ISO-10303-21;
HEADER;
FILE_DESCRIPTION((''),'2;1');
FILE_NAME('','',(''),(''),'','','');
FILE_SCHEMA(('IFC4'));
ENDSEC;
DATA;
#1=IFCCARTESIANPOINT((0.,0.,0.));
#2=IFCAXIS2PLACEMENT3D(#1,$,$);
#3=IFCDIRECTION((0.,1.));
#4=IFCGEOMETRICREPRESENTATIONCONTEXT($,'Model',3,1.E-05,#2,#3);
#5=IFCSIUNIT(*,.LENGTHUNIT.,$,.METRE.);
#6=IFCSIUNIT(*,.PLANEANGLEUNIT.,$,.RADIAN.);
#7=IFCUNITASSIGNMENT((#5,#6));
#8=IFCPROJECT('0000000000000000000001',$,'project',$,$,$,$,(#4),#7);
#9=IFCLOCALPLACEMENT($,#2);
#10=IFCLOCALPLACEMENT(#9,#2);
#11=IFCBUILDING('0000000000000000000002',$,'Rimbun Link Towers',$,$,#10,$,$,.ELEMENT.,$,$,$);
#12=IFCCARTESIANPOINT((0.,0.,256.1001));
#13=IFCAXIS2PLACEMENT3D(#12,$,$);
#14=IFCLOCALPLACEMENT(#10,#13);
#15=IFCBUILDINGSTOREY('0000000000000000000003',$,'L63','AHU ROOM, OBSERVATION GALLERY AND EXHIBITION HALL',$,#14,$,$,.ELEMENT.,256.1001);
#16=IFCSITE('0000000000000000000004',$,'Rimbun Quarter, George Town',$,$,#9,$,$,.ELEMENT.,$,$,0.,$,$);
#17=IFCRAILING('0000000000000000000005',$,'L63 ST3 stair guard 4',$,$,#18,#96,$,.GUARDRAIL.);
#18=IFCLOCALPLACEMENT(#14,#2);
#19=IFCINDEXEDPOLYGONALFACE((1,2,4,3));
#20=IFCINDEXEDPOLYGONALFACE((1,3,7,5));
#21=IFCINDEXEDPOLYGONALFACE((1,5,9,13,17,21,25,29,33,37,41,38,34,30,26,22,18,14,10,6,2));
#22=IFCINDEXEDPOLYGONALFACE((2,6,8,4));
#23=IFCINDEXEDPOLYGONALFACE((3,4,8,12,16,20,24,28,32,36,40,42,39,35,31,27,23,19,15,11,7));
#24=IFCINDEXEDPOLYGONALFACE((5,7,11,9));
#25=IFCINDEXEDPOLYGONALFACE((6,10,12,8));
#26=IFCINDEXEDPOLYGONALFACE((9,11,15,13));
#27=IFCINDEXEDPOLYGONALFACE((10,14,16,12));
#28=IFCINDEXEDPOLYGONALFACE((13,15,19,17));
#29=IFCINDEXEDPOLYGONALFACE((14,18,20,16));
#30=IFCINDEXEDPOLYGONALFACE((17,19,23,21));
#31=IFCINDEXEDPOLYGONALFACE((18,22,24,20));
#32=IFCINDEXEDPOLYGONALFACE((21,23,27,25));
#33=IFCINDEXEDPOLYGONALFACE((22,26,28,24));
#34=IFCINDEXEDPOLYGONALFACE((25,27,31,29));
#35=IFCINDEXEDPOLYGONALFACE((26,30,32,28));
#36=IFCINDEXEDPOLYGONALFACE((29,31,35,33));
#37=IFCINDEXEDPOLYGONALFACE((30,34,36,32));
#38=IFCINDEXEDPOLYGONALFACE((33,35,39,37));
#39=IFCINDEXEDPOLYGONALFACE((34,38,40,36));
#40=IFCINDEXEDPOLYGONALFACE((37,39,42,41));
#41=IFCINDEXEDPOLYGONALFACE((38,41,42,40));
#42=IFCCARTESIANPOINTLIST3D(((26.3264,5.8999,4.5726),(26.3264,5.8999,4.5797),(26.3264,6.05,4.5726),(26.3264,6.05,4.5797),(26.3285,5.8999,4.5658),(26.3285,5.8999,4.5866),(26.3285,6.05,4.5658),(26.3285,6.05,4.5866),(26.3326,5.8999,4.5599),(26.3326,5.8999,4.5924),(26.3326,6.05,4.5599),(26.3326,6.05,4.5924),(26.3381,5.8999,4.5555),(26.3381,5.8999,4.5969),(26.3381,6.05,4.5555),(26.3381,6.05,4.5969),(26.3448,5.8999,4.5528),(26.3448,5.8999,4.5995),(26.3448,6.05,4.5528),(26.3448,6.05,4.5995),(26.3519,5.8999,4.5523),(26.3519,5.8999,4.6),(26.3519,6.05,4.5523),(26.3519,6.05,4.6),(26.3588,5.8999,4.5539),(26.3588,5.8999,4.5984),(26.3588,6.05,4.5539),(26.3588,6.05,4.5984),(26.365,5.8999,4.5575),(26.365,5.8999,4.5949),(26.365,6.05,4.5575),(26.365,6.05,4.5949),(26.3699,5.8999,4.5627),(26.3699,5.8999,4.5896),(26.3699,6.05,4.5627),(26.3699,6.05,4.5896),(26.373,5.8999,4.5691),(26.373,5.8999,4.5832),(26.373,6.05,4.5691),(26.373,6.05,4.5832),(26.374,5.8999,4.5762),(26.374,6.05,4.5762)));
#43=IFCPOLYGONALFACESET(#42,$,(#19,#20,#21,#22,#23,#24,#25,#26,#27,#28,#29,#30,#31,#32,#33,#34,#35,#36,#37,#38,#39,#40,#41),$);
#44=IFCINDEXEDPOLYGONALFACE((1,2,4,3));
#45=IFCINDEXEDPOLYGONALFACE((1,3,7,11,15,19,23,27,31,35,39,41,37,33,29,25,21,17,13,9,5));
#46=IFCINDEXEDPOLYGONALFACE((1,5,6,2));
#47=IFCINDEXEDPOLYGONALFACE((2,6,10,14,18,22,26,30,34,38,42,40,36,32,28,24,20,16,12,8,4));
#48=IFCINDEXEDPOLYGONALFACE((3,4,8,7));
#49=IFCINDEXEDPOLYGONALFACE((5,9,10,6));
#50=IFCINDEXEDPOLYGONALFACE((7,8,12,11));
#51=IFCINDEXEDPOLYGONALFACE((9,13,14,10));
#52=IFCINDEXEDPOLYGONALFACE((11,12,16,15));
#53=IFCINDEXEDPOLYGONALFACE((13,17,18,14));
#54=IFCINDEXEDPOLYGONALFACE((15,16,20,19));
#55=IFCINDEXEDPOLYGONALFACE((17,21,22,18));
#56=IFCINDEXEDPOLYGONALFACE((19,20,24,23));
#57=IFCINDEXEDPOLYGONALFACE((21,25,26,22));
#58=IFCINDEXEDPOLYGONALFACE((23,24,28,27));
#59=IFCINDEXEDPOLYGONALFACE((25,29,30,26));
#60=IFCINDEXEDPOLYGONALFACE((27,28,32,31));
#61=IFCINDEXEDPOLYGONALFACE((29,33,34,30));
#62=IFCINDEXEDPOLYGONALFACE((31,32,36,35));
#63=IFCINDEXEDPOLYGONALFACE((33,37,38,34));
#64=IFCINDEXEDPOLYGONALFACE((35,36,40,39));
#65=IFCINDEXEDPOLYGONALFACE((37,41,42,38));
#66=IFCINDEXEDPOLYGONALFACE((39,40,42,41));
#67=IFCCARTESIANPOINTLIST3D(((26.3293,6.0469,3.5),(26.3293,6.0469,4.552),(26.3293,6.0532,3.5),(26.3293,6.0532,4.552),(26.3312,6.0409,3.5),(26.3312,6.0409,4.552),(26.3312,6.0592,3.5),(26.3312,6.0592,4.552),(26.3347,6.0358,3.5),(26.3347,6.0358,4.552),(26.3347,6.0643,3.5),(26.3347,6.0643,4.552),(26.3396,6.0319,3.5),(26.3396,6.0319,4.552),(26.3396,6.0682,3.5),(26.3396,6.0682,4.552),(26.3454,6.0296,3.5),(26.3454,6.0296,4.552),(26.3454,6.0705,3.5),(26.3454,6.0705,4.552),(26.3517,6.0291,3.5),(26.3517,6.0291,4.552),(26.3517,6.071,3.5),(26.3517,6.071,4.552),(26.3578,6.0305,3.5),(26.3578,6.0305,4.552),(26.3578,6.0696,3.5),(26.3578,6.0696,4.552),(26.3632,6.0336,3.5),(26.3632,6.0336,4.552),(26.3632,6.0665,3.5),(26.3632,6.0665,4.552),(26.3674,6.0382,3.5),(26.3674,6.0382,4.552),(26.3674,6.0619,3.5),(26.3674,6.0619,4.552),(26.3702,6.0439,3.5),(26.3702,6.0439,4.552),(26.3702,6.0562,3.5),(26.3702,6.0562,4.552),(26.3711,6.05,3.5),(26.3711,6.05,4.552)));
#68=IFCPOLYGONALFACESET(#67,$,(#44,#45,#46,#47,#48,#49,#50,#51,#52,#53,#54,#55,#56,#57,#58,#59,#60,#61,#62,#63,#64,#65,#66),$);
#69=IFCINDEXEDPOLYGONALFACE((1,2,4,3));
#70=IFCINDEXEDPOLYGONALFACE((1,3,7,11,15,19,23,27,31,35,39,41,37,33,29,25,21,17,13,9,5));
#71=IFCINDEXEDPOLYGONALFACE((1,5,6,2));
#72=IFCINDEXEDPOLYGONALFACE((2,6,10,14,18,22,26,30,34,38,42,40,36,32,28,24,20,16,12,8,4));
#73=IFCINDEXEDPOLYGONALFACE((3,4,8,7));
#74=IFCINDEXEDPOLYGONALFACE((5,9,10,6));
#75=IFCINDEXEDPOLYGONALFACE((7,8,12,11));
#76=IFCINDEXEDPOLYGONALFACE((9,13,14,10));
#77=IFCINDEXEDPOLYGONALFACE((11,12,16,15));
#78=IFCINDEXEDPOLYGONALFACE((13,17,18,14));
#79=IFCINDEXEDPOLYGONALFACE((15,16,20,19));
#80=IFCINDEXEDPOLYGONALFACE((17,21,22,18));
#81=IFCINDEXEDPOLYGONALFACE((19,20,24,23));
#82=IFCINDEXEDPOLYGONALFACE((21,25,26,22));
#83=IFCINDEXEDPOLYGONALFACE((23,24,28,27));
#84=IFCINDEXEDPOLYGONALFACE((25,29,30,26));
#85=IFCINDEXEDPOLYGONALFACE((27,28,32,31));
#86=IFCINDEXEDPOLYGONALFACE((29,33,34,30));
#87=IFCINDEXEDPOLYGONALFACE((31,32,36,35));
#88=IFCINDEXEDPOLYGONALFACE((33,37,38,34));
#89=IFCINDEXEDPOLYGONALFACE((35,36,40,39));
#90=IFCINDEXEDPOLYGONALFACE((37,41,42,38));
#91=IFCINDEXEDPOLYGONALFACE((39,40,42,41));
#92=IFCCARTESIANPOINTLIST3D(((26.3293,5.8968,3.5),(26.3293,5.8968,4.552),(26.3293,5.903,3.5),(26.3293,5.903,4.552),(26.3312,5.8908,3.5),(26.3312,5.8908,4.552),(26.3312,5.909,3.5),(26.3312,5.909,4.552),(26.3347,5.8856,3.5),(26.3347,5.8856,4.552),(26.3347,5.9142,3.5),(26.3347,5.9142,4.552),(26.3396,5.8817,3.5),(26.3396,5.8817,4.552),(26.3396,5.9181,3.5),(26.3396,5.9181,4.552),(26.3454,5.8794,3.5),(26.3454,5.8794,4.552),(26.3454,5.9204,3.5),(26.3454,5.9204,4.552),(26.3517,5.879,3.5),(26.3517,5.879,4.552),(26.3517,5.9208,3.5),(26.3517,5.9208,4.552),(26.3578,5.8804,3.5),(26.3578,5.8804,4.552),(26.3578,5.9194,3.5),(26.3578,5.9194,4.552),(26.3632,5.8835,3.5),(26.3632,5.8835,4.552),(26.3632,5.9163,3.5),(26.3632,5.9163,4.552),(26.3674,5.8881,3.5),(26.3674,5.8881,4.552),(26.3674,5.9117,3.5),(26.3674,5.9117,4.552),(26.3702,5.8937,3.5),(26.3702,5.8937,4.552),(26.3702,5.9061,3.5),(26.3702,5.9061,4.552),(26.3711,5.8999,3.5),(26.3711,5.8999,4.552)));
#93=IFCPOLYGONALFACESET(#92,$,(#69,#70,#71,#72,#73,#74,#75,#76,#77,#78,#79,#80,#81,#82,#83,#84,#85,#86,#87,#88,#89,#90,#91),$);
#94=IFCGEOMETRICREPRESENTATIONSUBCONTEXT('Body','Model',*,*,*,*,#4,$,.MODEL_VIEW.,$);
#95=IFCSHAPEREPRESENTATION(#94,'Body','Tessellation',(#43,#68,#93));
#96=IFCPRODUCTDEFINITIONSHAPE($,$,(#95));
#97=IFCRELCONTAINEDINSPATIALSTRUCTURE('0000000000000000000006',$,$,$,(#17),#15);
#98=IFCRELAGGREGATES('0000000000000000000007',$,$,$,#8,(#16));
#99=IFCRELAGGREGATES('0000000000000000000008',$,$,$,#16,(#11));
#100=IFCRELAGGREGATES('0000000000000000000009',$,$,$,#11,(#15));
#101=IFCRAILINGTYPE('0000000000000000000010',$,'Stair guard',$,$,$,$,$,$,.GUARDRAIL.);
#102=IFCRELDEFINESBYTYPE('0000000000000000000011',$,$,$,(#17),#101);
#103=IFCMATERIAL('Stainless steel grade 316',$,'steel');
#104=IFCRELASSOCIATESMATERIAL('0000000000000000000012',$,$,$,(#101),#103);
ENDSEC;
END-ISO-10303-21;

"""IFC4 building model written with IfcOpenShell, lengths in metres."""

from ifc_helpers import new_model, si_unit, direction, frame, origin, origin_2d, place, context, subcontext, project, spatial, circle, extrude, material, type_object, element, save


model = new_model("IFC4")

# Units and contexts
model_context = context("Model", 3, precision=1e-05, world=origin(), true_north=direction((0.0, 1.0)))
body_context = subcontext(model_context, "Body", "Model", "MODEL_VIEW")
ifc_project = project(units=[si_unit("LENGTHUNIT", "METRE"), si_unit("PLANEANGLEUNIT", "RADIAN")], contexts=[model_context])

# Site, building, storey
site_placement = place(None, origin())
site = spatial("IfcSite", under=ifc_project, at=site_placement, Name="Rimbun Quarter, George Town", CompositionType="ELEMENT", RefElevation=0.0)
building_placement = place(site_placement, origin())
building = spatial("IfcBuilding", under=site, at=building_placement, Name="Rimbun Link Towers", CompositionType="ELEMENT")
storey_placement = place(building_placement, frame((0.0, 0.0, 256.1001)))
storey = spatial("IfcBuildingStorey", under=building, at=storey_placement, Name="L63", Description="AHU ROOM, OBSERVATION GALLERY AND EXHIBITION HALL", CompositionType="ELEMENT", Elevation=256.1001)

# Railing
ifc_material_1 = material(Name="Stainless steel grade 316", Category="steel")
railing_type_1 = type_object("IfcRailingType", Name="Stair guard", PredefinedType="GUARDRAIL", material=ifc_material_1)
railing_1_placement = place(storey_placement, frame((26.3501, 6.05, 3.5)))
element("IfcRailing", 1, at=railing_1_placement, inside=storey, type_object=railing_type_1, Name="L63 ST3 stair guard 4", PredefinedType="GUARDRAIL", context=body_context, shape_type="SweptSolid", body=[
    extrude(circle(Radius=0.0239, at=origin_2d()), frame((0.0, 0.0, 1.0762), z_axis=(0.0, -1.0, 0.0), x_axis=(1.0, 0.0, 0.0)), (0.0, 0.0, 1.0), 0.1501),
    extrude(circle(Radius=0.021, at=origin_2d()), origin(), (0.0, 0.0, 1.0), 1.052),
    extrude(circle(Radius=0.021, at=origin_2d()), frame((0.0, -0.1501, 0.0)), (0.0, 0.0, 1.0), 1.052),
])

save(model, "model.ifc")
